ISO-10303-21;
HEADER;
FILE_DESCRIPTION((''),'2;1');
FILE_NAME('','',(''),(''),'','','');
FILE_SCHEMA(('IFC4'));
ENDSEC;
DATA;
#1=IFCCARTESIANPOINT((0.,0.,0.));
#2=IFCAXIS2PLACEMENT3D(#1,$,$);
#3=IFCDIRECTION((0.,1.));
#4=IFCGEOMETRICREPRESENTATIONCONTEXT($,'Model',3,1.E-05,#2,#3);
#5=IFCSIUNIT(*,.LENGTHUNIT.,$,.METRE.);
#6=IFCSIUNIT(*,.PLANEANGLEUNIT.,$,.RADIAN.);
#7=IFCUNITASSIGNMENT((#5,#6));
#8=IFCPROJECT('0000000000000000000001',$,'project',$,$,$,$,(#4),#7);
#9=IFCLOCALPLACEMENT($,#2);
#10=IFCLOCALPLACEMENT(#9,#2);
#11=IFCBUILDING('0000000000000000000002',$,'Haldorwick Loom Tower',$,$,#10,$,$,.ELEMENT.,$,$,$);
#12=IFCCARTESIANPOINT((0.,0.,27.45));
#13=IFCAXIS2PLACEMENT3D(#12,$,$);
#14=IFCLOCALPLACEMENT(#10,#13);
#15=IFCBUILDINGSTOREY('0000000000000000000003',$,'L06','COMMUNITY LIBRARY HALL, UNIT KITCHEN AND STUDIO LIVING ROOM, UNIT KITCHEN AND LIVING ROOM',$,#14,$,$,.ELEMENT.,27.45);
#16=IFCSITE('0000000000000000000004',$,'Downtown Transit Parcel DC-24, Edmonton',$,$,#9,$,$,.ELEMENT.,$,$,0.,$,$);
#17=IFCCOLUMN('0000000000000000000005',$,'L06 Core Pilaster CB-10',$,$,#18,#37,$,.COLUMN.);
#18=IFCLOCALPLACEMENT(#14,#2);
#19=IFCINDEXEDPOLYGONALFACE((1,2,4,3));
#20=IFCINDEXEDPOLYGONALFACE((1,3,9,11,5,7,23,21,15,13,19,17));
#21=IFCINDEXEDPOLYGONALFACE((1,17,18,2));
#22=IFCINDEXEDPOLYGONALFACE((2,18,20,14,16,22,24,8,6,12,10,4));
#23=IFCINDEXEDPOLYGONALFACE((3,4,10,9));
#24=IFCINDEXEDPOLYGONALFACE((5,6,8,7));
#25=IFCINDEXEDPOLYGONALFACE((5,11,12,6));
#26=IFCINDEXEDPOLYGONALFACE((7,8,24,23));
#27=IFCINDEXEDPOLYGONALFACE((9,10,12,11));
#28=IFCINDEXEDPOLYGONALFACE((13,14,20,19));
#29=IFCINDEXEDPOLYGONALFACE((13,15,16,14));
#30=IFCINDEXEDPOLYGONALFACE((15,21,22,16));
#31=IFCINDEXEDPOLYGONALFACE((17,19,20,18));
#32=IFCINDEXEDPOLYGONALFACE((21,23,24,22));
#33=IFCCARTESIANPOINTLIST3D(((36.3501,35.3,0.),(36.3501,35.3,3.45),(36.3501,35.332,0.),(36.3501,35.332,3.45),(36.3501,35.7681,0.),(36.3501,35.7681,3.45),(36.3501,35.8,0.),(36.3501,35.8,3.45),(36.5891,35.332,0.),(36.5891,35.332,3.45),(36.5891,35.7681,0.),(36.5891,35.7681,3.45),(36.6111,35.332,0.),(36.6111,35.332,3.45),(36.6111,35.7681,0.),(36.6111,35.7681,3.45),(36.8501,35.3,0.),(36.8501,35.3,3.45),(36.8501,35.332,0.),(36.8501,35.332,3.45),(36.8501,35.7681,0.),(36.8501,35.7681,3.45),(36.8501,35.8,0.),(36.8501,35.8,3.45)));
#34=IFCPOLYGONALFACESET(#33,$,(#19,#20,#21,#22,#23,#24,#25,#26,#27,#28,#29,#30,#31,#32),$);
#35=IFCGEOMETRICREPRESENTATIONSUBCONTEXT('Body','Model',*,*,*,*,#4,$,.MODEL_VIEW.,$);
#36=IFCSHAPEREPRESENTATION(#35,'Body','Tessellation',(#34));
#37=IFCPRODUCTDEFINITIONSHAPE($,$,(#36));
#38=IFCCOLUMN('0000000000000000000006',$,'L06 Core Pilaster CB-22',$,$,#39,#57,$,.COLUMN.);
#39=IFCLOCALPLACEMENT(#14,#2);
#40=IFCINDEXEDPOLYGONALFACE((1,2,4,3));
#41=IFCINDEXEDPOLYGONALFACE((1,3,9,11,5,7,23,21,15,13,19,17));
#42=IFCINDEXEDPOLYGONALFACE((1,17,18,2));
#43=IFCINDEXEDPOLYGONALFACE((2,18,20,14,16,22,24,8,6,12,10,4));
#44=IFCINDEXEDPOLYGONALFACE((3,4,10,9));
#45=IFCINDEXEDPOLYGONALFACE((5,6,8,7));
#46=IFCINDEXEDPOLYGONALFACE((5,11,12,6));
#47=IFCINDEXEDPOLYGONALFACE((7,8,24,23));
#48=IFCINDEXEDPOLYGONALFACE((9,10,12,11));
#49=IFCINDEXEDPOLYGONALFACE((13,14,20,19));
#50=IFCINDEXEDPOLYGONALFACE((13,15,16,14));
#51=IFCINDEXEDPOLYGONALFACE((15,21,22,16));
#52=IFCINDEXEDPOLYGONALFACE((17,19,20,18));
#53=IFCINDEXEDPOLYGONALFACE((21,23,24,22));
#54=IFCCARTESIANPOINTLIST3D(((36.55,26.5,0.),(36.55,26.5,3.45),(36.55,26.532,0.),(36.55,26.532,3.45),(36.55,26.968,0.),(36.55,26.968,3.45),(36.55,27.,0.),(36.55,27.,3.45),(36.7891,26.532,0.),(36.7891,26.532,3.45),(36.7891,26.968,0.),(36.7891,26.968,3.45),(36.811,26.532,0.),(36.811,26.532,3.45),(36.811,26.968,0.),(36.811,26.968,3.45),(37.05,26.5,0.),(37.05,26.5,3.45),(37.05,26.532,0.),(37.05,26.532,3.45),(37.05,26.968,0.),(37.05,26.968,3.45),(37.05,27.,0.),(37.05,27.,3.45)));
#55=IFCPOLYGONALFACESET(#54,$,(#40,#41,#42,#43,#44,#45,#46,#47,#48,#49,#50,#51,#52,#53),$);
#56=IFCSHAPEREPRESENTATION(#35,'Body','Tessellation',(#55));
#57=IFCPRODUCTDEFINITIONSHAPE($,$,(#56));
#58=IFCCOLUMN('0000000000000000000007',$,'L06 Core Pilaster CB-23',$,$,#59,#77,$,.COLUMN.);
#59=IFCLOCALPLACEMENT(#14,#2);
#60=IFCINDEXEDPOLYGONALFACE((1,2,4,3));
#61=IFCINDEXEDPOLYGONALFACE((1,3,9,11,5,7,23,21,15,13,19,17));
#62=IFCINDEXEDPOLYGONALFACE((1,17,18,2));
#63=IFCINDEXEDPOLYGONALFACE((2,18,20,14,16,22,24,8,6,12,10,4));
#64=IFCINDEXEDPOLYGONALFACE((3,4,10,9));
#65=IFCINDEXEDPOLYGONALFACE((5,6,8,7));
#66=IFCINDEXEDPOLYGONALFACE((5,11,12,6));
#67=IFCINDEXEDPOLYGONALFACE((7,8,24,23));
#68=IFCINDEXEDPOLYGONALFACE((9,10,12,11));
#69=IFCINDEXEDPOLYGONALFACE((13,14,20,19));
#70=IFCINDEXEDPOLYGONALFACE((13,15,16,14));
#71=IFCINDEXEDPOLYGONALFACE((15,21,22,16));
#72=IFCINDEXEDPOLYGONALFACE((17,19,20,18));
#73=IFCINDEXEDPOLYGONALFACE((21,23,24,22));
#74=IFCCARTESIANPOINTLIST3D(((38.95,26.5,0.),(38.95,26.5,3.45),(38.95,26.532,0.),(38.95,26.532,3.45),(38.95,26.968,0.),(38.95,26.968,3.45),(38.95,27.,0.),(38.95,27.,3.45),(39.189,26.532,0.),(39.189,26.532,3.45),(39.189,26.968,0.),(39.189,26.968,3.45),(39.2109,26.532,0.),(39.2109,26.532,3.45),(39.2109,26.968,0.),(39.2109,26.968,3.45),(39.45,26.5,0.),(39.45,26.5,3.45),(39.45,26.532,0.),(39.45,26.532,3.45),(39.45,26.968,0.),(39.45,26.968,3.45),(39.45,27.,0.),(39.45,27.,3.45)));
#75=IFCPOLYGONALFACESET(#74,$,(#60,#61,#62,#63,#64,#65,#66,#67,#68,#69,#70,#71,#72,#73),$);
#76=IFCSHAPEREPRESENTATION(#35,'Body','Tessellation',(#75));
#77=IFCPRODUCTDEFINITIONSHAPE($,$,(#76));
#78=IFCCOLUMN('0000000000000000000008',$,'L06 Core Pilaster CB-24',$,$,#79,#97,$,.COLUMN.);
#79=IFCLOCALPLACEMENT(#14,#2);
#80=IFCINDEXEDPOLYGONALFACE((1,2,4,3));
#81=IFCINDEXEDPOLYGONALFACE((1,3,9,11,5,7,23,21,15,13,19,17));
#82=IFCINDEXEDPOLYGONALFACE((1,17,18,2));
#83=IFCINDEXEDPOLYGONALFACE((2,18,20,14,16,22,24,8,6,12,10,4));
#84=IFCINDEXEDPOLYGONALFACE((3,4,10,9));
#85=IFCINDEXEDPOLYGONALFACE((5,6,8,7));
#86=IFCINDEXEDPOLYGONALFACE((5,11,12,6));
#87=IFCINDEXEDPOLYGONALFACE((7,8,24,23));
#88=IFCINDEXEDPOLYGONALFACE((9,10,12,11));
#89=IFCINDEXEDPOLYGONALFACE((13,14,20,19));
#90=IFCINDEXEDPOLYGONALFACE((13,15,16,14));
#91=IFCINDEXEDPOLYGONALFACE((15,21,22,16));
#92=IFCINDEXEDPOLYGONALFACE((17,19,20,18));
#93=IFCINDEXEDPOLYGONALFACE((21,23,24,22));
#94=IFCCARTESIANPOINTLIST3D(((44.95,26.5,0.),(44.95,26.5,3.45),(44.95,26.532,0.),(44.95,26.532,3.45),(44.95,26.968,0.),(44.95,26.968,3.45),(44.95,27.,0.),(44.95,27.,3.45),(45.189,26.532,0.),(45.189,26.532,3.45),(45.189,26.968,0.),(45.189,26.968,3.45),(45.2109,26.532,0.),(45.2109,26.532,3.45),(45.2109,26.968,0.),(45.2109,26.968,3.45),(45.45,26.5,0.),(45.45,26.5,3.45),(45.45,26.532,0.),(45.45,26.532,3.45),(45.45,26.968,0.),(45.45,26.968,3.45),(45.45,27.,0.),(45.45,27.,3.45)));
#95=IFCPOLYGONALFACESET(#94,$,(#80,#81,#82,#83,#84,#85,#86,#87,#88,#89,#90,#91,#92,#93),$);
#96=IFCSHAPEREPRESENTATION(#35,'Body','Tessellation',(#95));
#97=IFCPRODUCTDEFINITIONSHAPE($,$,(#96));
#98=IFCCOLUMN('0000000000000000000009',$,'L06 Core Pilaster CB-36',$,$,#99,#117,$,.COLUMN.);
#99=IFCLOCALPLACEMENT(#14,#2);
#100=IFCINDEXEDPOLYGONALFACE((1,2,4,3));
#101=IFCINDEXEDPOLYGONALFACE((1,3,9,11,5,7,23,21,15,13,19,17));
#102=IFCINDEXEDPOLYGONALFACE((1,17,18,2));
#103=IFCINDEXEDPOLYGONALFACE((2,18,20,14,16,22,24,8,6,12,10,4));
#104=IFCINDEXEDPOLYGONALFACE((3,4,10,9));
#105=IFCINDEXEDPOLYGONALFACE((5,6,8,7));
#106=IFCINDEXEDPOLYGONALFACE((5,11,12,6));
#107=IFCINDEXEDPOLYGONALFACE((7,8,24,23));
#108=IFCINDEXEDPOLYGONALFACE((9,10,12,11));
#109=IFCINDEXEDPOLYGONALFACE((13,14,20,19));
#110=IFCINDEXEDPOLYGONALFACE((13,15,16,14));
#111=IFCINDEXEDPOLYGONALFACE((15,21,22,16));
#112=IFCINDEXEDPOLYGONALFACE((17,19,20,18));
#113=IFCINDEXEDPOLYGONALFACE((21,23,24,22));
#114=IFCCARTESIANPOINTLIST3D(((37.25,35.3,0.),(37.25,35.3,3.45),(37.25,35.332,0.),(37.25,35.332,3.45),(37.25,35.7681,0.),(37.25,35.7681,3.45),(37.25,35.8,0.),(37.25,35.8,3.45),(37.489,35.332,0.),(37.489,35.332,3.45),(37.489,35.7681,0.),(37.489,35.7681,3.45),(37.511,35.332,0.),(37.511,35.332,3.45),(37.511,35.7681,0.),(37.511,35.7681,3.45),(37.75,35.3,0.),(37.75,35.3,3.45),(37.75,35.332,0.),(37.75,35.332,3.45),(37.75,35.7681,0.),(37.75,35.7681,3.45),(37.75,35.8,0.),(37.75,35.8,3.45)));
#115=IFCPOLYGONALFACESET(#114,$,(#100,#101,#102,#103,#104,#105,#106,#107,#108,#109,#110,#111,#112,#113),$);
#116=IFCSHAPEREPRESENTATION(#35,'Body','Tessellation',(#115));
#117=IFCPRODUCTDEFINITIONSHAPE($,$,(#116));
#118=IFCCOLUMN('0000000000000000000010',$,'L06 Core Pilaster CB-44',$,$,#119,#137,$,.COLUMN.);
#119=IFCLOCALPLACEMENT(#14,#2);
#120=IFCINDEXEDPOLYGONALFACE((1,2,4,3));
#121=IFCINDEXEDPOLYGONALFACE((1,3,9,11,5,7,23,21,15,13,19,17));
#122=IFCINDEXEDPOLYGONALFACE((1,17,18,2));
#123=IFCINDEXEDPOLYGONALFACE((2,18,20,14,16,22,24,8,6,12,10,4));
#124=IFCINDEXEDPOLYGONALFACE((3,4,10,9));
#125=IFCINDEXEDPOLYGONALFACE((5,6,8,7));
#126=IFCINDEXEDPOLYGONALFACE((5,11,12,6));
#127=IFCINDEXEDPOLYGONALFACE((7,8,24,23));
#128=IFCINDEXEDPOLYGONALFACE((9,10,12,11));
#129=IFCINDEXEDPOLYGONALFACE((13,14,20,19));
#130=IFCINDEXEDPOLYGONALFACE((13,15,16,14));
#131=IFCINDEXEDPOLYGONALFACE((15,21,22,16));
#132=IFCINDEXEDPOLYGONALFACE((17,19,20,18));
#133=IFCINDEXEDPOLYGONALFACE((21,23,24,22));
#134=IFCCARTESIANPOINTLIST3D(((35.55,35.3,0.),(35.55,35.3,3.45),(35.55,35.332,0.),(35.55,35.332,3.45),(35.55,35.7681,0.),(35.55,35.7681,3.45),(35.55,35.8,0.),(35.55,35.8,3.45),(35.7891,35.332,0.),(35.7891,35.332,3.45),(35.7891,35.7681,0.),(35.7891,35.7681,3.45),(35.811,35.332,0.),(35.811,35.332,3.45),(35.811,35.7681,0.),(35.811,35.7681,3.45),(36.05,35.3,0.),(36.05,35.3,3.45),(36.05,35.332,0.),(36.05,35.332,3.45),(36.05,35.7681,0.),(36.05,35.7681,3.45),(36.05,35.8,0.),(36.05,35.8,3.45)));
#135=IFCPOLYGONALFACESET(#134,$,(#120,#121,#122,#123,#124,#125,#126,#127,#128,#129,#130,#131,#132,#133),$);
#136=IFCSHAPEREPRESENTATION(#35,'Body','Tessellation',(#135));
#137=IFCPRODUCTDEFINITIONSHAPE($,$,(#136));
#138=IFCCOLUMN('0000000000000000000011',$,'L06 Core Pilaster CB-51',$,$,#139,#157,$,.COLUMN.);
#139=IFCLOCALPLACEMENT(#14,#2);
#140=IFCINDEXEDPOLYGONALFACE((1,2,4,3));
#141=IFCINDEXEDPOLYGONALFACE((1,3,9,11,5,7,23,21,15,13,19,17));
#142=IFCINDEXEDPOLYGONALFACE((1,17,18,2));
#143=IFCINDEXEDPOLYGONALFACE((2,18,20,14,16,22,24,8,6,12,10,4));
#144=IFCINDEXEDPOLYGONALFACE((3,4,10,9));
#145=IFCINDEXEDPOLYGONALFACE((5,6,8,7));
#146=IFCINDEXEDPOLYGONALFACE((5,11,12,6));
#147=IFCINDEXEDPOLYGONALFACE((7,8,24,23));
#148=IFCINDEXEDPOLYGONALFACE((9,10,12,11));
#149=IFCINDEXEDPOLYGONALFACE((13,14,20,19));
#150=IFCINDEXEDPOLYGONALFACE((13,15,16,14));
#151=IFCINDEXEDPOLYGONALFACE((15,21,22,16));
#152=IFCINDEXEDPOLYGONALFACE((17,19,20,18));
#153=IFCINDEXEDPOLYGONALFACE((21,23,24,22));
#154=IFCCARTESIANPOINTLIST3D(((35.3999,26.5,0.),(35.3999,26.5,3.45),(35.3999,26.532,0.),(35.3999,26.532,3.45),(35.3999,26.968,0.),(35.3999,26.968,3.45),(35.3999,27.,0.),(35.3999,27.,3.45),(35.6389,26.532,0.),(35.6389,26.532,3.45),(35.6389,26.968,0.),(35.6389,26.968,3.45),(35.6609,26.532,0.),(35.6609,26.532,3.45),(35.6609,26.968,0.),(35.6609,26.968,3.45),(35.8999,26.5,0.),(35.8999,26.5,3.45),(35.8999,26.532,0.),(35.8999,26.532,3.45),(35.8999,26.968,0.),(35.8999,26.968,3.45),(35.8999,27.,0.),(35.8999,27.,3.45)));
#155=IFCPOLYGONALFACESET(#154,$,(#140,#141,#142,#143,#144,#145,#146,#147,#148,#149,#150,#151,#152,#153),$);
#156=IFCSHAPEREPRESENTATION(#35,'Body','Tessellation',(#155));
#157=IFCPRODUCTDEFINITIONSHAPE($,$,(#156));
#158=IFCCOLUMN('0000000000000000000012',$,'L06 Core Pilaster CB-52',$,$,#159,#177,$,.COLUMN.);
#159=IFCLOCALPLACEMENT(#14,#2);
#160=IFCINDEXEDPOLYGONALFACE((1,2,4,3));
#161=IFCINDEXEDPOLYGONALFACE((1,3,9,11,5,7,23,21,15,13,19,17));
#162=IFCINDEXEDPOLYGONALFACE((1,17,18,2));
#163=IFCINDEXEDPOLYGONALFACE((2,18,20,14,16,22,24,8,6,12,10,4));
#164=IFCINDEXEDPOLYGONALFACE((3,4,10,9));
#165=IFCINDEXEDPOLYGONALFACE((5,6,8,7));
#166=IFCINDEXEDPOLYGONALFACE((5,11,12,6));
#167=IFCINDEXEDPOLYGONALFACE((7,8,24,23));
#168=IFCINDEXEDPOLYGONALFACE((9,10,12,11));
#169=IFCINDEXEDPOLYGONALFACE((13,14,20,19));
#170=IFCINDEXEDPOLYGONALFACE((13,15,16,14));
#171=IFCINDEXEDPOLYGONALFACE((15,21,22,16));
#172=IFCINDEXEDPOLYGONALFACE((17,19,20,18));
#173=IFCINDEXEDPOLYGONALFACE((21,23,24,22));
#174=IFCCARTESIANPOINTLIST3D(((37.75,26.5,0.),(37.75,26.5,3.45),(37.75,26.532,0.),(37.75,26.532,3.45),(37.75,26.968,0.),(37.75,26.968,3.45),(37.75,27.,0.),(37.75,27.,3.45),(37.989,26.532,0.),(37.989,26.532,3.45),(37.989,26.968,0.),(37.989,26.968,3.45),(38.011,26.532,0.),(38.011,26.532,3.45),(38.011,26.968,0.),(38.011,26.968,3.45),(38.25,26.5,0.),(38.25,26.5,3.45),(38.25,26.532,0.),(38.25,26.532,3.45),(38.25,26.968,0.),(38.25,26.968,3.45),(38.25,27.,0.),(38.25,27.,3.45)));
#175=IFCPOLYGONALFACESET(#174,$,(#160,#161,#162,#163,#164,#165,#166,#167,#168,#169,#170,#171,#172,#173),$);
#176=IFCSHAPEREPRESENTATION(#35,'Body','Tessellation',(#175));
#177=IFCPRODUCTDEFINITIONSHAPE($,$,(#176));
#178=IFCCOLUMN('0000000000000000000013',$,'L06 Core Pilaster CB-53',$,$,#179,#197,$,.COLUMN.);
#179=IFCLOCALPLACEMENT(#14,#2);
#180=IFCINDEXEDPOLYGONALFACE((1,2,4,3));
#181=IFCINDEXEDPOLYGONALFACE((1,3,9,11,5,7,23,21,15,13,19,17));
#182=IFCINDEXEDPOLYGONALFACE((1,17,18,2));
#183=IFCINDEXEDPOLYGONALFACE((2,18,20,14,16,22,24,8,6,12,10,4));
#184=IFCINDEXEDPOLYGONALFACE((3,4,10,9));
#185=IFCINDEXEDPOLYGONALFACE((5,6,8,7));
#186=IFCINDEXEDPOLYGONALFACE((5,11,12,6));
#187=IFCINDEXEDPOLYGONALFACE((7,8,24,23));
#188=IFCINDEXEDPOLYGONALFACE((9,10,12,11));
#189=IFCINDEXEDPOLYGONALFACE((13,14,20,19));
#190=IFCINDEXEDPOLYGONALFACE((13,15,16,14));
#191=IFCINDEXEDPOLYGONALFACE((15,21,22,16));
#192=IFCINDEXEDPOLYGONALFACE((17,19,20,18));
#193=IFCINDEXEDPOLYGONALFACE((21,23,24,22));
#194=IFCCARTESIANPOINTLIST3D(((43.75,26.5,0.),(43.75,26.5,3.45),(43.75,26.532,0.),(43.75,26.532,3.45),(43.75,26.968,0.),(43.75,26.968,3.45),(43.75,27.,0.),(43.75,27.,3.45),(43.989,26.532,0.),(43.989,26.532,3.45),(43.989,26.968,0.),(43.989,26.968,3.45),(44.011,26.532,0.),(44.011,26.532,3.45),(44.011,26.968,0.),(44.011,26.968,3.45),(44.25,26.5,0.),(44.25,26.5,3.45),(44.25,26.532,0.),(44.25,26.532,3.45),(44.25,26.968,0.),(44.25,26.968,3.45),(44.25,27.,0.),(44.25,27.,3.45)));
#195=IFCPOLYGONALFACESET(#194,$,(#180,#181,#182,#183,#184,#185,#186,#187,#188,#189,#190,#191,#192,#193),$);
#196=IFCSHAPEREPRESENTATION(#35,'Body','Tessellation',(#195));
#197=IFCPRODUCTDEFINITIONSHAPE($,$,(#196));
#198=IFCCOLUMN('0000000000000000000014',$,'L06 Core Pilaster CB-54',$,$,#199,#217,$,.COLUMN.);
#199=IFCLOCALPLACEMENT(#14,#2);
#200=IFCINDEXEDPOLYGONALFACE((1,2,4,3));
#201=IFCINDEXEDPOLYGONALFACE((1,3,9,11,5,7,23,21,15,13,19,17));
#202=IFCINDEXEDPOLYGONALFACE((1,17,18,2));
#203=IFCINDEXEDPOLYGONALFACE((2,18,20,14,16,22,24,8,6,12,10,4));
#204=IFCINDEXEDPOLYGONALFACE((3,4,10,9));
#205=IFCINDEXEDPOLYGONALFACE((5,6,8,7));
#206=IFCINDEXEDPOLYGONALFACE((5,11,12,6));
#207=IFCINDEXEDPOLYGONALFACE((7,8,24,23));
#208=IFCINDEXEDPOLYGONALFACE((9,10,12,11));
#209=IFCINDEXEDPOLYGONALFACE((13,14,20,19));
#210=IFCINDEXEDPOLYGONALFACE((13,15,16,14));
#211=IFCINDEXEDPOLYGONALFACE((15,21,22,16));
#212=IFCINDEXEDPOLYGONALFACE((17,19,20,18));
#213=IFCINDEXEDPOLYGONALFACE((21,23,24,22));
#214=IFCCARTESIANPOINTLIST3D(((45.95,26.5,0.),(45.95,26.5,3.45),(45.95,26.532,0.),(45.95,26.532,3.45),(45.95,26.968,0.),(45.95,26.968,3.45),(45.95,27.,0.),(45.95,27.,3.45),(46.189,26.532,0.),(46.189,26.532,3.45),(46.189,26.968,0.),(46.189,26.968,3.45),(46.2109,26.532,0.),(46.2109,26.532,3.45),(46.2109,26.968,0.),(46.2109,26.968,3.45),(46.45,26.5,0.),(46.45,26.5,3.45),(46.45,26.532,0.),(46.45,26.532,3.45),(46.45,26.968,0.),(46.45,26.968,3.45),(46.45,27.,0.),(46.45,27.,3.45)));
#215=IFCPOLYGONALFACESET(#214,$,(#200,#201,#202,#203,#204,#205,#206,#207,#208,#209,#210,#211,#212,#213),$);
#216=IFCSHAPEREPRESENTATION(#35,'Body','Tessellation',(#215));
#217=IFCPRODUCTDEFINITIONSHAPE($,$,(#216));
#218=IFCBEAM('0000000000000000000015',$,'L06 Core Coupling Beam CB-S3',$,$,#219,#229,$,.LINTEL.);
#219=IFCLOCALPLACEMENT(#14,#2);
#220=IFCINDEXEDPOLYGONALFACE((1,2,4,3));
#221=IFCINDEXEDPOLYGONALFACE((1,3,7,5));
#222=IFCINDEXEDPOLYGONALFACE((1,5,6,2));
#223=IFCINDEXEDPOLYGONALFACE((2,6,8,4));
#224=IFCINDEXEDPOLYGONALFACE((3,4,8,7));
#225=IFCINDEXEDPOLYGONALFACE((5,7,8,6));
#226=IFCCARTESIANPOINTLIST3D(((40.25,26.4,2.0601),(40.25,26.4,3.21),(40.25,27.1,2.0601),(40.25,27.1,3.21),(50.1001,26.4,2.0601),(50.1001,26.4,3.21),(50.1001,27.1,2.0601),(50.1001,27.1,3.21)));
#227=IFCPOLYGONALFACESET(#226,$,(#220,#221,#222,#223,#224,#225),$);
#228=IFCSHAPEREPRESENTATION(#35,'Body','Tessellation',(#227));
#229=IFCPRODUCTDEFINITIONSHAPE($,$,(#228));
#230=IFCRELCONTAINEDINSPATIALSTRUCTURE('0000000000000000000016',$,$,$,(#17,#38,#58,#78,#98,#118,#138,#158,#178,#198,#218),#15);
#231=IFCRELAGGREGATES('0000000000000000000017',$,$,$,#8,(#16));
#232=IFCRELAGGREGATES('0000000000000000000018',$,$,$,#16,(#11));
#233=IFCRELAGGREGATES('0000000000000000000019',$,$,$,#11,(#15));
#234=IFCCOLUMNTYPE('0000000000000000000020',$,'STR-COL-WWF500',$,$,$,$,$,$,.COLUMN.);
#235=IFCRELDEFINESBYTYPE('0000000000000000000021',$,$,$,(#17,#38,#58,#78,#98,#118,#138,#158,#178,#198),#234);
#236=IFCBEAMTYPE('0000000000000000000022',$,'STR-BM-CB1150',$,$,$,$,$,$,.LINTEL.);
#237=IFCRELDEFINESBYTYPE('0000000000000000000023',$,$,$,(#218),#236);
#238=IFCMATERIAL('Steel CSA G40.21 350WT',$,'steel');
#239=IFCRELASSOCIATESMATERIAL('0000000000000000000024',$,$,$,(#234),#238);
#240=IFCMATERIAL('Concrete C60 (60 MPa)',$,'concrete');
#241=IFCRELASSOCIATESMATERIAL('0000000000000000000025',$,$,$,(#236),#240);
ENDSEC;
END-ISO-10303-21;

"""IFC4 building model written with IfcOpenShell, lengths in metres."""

from ifc_helpers import new_model, si_unit, direction, frame, origin, origin_2d, place, context, subcontext, project, spatial, rectangle, i_section, extrude, material, material_profile, profile_set, type_object, element, save


model = new_model("IFC4")

# Units and contexts
model_context = context("Model", 3, precision=1e-05, world=origin(), true_north=direction((0.0, 1.0)))
body_context = subcontext(model_context, "Body", "Model", "MODEL_VIEW")
ifc_project = project(units=[si_unit("LENGTHUNIT", "METRE"), si_unit("PLANEANGLEUNIT", "RADIAN")], contexts=[model_context])

# Site, building, storey
site_placement = place(None, origin())
site = spatial("IfcSite", under=ifc_project, at=site_placement, Name="Downtown Transit Parcel DC-24, Edmonton", CompositionType="ELEMENT", RefElevation=0.0)
building_placement = place(site_placement, origin())
building = spatial("IfcBuilding", under=site, at=building_placement, Name="Haldorwick Loom Tower", CompositionType="ELEMENT")
storey_placement = place(building_placement, frame((0.0, 0.0, 27.45)))
storey = spatial("IfcBuildingStorey", under=building, at=storey_placement, Name="L06", Description="COMMUNITY LIBRARY HALL, UNIT KITCHEN AND STUDIO LIVING ROOM, UNIT KITCHEN AND LIVING ROOM", CompositionType="ELEMENT", Elevation=27.45)

# Columns
ifc_material_1 = material(Name="Steel CSA G40.21 350WT", Category="steel")
ifc_material_profile_1 = material_profile(ifc_material_1, i_section(OverallWidth=0.5, OverallDepth=0.5, WebThickness=0.022, FlangeThickness=0.032, at=origin_2d()), Name="WWF500X500", Category="steel")
ifc_profile_set_1 = profile_set([ifc_material_profile_1], Name="Steel CSA G40.21 350WT")
column_type = type_object("IfcColumnType", Name="STR-COL-WWF500", PredefinedType="COLUMN", material=ifc_profile_set_1)
for number, where, z_axis, x_axis, name in (
    (1, (36.6001, 35.55, 0.0), (0.0, 0.0, 1.0), (1.0, 0.0, 0.0), "L06 Core Pilaster CB-10"),
    (2, (36.8, 26.75, 0.0), (0.0, 0.0, 1.0), (1.0, 0.0, 0.0), "L06 Core Pilaster CB-22"),
    (3, (39.2, 26.75, 0.0), (0.0, 0.0, 1.0), (1.0, 0.0, 0.0), "L06 Core Pilaster CB-23"),
    (4, (45.2, 26.75, 0.0), (0.0, 0.0, 1.0), (1.0, 0.0, 0.0), "L06 Core Pilaster CB-24"),
    (5, (37.5, 35.55, 0.0), (0.0, 0.0, 1.0), (1.0, 0.0, 0.0), "L06 Core Pilaster CB-36"),
    (6, (35.8, 35.55, 0.0), (0.0, 0.0, 1.0), (1.0, 0.0, 0.0), "L06 Core Pilaster CB-44"),
    (7, (35.6499, 26.75, 0.0), (0.0, 0.0, 1.0), (1.0, 0.0, 0.0), "L06 Core Pilaster CB-51"),
    (8, (38.0, 26.75, 0.0), (0.0, 0.0, 1.0), (1.0, 0.0, 0.0), "L06 Core Pilaster CB-52"),
    (9, (44.0, 26.75, 0.0), (0.0, 0.0, 1.0), (1.0, 0.0, 0.0), "L06 Core Pilaster CB-53"),
    (10, (46.2, 26.75, 0.0), (0.0, 0.0, 1.0), (1.0, 0.0, 0.0), "L06 Core Pilaster CB-54"),
):
    element("IfcColumn", number, at=place(storey_placement, frame(where, z_axis=z_axis, x_axis=x_axis)), inside=storey, type_object=column_type, Name=name, PredefinedType="COLUMN", context=body_context, shape_type="SweptSolid", body=[
        extrude(i_section(OverallWidth=0.5, OverallDepth=0.5, WebThickness=0.022, FlangeThickness=0.032, at=origin_2d()), origin(), (0.0, 0.0, 1.0), 3.45),
    ])

# Beam
ifc_material_2 = material(Name="Concrete C60 (60 MPa)", Category="concrete")
ifc_material_profile_2 = material_profile(ifc_material_2, rectangle(XDim=0.7, YDim=1.1499, at=origin_2d()), Name="RC700X1150", Category="concrete")
ifc_profile_set_2 = profile_set([ifc_material_profile_2], Name="Concrete C60 (60 MPa)")
beam_type_1 = type_object("IfcBeamType", Name="STR-BM-CB1150", PredefinedType="LINTEL", material=ifc_profile_set_2)
beam_1_placement = place(storey_placement, frame((40.25, 26.75, 2.635), z_axis=(1.0, 0.0, 0.0), x_axis=(0.0, 1.0, 0.0)))
element("IfcBeam", 11, at=beam_1_placement, inside=storey, type_object=beam_type_1, Name="L06 Core Coupling Beam CB-S3", PredefinedType="LINTEL", context=body_context, shape_type="SweptSolid", body=[
    extrude(rectangle(XDim=0.7, YDim=1.1499, at=origin_2d()), origin(), (0.0, 0.0, 1.0), 9.8501),
])

save(model, "model.ifc")
